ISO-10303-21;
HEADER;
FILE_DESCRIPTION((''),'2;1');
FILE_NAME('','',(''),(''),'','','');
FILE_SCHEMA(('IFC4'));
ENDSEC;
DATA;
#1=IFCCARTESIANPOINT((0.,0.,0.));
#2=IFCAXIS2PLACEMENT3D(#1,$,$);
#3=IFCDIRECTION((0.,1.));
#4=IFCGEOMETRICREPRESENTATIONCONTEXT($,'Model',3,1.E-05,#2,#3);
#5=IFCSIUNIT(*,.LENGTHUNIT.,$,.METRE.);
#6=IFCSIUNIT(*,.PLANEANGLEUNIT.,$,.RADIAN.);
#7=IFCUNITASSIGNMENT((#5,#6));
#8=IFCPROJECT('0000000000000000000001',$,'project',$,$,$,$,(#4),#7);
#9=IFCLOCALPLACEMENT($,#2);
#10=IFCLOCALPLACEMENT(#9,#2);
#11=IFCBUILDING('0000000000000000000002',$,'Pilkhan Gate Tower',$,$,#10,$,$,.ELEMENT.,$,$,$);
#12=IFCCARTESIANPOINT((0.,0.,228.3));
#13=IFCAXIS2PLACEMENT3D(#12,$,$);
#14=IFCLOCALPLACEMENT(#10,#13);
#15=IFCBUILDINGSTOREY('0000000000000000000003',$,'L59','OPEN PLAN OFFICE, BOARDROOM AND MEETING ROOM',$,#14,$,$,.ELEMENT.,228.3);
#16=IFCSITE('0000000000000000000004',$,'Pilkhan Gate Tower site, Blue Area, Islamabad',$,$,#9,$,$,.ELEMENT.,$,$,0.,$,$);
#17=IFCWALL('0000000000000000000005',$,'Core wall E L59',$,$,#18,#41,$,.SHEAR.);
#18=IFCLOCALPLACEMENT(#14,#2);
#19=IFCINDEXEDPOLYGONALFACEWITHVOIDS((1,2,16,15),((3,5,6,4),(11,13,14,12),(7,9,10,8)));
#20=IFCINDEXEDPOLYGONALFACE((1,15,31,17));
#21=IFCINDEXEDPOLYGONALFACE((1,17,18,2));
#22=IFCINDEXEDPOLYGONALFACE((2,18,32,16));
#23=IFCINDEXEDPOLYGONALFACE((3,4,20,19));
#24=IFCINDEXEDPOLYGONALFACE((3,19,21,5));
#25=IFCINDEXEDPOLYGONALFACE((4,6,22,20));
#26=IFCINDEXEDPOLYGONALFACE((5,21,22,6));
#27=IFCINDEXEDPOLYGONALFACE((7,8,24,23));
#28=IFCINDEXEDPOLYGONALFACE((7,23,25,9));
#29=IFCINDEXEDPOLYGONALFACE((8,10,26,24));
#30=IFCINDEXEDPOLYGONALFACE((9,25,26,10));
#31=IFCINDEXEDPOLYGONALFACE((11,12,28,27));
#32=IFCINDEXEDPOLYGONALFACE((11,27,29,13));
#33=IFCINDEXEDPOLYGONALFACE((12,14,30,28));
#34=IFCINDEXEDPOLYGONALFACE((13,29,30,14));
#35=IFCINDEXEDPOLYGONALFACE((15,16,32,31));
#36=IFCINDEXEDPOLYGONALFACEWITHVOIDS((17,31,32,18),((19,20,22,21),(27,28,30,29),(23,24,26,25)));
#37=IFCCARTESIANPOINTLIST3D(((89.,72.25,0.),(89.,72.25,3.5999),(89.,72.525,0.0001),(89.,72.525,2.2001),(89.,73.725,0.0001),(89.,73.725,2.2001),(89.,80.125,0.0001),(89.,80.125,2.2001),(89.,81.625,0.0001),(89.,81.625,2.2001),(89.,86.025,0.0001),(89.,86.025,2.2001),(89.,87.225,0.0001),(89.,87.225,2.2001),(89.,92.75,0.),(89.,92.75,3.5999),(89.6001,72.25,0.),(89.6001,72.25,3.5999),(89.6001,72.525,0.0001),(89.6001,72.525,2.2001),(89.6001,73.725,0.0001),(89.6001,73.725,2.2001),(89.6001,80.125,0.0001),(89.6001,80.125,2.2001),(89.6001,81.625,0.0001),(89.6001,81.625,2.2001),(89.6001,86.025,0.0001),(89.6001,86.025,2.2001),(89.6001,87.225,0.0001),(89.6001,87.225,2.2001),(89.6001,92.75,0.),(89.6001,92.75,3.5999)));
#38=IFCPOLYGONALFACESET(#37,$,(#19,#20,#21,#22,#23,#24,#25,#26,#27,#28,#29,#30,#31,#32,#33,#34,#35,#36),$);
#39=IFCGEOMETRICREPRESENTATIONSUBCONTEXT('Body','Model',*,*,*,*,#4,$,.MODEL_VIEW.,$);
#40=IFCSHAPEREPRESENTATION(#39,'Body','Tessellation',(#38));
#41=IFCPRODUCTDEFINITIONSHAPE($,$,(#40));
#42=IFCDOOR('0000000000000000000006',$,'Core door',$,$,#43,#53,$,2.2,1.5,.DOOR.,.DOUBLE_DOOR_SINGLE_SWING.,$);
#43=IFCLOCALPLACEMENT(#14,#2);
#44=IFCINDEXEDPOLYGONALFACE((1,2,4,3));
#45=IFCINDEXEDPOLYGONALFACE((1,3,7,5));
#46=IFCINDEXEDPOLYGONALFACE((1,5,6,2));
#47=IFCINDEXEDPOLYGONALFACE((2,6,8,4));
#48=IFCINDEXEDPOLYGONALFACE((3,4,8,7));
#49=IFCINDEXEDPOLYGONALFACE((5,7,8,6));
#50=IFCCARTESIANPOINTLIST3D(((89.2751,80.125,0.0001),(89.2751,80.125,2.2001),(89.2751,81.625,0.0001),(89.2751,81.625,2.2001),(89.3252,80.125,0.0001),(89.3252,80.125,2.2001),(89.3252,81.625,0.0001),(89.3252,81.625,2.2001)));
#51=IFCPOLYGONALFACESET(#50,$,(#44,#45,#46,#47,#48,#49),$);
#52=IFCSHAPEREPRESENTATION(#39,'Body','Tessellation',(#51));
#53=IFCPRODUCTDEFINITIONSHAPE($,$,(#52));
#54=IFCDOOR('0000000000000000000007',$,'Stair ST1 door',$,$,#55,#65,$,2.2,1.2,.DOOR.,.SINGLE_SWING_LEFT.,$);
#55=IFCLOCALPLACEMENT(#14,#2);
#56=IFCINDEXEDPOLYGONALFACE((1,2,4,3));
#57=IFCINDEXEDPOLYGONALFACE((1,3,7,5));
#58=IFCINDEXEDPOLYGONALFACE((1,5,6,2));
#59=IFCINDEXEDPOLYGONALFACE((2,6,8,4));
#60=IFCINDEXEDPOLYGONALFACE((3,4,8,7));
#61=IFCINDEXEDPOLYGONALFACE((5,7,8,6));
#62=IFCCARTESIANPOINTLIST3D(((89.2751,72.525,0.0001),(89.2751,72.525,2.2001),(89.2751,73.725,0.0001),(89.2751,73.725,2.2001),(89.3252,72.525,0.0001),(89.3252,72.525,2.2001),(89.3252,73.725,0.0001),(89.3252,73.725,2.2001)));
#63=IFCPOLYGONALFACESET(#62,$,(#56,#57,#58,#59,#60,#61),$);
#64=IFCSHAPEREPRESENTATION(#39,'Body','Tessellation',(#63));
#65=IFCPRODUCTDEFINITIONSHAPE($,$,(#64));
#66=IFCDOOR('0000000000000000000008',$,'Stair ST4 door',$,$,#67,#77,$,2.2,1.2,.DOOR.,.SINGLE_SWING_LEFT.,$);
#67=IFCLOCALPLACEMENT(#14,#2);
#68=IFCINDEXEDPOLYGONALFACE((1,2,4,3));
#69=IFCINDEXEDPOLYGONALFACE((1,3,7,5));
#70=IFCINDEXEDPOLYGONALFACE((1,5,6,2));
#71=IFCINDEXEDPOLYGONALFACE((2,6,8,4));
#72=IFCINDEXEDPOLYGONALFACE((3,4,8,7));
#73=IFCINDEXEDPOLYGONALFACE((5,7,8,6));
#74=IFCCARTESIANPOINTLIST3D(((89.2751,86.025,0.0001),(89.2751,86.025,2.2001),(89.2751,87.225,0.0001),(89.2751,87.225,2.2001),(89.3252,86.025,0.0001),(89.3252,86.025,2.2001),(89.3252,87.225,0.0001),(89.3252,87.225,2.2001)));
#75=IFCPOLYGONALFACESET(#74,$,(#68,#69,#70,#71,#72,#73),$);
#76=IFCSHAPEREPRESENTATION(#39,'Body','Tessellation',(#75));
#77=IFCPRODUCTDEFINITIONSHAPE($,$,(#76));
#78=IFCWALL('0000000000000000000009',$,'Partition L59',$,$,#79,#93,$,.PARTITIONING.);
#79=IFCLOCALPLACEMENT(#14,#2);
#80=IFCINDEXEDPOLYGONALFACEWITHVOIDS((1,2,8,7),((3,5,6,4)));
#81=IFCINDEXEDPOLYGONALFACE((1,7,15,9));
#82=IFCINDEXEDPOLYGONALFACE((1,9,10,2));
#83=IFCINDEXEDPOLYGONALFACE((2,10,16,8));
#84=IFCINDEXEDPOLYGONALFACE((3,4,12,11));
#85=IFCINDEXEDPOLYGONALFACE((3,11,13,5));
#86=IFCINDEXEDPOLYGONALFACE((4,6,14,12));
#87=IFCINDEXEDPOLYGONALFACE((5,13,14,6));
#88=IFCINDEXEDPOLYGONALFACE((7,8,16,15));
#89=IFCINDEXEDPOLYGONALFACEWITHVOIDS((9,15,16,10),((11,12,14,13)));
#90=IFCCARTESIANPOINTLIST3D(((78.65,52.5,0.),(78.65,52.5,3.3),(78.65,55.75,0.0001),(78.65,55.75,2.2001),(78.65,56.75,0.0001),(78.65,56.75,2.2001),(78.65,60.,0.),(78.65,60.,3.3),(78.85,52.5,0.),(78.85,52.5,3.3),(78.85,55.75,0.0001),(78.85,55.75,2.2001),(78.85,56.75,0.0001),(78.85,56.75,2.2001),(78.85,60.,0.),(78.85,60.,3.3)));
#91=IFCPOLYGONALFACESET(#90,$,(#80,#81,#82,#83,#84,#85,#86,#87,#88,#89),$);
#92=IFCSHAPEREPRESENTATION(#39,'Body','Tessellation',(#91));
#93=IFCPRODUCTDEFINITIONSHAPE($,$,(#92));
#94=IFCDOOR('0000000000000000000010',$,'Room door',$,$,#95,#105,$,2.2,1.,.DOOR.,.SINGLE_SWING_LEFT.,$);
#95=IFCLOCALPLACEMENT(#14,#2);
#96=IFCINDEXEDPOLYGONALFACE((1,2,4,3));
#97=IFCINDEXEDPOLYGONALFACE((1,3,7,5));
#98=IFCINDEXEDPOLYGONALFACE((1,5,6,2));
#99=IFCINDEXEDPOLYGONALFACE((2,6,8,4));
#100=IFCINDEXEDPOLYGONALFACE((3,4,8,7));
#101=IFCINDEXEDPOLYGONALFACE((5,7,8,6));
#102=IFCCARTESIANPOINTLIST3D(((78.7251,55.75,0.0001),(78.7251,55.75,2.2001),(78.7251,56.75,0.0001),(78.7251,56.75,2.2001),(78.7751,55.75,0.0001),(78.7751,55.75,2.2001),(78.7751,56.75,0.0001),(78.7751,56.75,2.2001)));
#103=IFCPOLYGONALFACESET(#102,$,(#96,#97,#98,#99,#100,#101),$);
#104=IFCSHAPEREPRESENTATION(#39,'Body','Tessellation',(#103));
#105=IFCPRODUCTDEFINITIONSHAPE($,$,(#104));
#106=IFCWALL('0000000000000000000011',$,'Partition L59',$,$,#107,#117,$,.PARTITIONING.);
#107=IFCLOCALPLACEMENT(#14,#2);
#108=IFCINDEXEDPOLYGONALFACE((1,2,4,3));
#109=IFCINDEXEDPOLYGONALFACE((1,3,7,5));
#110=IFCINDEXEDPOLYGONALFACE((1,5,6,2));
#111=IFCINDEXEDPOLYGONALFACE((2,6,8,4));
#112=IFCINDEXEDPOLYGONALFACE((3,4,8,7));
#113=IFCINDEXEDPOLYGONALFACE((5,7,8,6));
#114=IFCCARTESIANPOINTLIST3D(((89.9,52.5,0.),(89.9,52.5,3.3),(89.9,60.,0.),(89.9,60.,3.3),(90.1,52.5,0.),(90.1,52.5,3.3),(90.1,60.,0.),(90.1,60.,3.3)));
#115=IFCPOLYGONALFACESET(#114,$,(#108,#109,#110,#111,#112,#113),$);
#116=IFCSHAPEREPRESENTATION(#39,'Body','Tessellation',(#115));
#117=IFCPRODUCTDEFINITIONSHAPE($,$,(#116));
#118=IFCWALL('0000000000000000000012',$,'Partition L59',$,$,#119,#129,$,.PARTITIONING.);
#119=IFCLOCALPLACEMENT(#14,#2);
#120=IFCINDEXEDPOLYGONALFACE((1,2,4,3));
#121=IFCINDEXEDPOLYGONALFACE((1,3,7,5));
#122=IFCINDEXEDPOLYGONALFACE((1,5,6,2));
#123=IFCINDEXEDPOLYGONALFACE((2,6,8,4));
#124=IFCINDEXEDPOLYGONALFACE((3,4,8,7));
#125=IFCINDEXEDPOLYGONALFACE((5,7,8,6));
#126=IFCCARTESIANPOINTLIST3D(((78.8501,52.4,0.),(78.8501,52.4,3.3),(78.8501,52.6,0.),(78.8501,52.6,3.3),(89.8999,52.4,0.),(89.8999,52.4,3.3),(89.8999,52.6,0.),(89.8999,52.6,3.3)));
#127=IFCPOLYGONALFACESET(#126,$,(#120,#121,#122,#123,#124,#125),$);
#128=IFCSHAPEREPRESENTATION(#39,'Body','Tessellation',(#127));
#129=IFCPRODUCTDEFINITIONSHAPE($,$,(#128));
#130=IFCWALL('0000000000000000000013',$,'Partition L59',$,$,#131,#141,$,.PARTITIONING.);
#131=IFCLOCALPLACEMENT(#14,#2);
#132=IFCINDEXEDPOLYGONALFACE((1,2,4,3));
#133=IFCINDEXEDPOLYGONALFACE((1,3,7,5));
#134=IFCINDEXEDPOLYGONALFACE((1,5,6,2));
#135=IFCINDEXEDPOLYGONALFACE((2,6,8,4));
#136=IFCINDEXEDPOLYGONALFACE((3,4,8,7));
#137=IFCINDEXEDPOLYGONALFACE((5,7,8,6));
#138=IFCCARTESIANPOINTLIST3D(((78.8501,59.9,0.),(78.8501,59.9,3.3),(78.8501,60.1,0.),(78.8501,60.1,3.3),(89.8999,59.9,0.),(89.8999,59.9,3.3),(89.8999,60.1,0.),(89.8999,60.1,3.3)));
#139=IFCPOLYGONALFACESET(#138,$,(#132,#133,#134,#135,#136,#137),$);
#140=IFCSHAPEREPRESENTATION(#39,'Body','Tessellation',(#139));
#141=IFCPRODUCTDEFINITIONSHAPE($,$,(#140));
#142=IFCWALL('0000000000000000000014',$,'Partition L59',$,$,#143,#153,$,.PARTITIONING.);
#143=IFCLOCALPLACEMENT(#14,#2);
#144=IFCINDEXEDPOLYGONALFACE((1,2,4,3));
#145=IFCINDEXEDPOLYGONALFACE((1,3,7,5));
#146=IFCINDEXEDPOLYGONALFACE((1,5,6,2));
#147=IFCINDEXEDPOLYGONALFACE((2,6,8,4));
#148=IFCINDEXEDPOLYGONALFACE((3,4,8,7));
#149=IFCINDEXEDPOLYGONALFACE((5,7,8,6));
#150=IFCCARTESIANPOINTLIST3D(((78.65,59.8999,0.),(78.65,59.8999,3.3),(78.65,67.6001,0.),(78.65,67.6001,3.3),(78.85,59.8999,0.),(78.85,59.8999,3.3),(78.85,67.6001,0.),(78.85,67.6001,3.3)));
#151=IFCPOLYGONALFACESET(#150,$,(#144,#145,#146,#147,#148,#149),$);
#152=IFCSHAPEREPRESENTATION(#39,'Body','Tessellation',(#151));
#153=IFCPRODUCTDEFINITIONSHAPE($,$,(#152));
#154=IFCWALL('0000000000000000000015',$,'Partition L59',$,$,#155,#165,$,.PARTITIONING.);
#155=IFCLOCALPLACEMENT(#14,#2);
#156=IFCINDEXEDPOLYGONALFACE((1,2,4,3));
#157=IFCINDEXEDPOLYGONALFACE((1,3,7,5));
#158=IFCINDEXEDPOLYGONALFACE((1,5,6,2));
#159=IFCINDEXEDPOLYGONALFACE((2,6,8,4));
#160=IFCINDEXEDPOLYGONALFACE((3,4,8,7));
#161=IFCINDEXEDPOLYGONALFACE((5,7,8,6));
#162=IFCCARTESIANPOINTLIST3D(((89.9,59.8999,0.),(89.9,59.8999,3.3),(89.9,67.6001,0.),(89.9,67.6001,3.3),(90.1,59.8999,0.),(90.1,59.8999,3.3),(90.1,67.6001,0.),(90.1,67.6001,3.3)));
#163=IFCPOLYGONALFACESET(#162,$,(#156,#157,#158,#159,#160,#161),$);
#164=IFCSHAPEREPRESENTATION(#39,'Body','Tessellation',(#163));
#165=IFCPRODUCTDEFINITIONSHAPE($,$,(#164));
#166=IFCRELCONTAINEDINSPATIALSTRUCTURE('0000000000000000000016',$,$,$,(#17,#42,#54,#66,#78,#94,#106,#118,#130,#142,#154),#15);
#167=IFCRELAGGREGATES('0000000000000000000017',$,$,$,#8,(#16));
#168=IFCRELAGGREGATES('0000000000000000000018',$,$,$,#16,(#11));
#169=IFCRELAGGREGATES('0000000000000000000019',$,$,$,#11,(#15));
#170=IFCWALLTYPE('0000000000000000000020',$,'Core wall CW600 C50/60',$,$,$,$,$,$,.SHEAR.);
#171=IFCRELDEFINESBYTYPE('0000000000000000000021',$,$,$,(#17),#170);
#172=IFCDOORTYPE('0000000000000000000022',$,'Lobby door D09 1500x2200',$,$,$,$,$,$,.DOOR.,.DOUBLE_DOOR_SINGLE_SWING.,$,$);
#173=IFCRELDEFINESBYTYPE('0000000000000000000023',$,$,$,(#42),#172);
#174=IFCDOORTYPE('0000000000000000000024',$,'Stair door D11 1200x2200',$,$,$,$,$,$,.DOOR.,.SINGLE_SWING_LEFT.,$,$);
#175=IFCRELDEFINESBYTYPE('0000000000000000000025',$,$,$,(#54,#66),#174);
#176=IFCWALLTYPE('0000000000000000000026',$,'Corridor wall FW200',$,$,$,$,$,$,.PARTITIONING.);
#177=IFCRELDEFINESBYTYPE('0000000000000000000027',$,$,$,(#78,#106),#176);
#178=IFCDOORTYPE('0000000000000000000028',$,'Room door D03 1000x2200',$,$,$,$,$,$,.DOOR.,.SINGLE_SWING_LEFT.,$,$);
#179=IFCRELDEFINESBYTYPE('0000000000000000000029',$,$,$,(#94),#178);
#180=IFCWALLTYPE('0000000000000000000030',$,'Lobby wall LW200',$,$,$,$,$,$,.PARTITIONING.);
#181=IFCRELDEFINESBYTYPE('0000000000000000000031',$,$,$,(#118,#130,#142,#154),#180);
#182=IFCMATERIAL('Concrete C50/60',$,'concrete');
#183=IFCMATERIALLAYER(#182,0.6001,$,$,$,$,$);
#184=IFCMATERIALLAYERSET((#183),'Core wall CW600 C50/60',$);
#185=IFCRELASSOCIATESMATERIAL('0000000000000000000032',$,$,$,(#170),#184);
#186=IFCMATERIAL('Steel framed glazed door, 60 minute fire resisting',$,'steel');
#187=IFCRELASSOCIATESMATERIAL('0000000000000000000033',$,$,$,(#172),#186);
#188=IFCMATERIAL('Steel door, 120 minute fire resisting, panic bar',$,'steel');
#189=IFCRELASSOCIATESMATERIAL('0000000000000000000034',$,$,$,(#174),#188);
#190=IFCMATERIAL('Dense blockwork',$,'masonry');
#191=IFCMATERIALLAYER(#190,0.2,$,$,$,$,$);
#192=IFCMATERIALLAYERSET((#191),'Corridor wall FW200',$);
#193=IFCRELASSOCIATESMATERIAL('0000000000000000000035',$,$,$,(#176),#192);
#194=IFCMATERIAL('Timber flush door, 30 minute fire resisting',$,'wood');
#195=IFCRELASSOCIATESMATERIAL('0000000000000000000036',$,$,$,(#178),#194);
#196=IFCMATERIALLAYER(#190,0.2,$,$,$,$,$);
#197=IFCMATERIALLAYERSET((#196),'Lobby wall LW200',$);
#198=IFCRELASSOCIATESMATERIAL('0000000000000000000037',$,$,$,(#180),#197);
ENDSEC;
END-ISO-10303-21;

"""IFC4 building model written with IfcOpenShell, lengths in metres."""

from ifc_helpers import new_model, si_unit, direction, frame, frame_2d, origin, place, context, subcontext, project, spatial, rectangle, extrude, material, layer, layer_set, type_object, element, fill, save


model = new_model("IFC4")

# Units and contexts
model_context = context("Model", 3, precision=1e-05, world=origin(), true_north=direction((0.0, 1.0)))
body_context = subcontext(model_context, "Body", "Model", "MODEL_VIEW")
ifc_project = project(units=[si_unit("LENGTHUNIT", "METRE"), si_unit("PLANEANGLEUNIT", "RADIAN")], contexts=[model_context])

# Site, building, storey
site_placement = place(None, origin())
site = spatial("IfcSite", under=ifc_project, at=site_placement, Name="Pilkhan Gate Tower site, Blue Area, Islamabad", CompositionType="ELEMENT", RefElevation=0.0)
building_placement = place(site_placement, origin())
building = spatial("IfcBuilding", under=site, at=building_placement, Name="Pilkhan Gate Tower", CompositionType="ELEMENT")
storey_placement = place(building_placement, frame((0.0, 0.0, 228.3)))
storey = spatial("IfcBuildingStorey", under=building, at=storey_placement, Name="L59", Description="OPEN PLAN OFFICE, BOARDROOM AND MEETING ROOM", CompositionType="ELEMENT", Elevation=228.3)

# Shared definitions
ifc_material_1 = material(Name="Concrete C50/60", Category="concrete")

# Wall, openings, doors
ifc_layer_1 = layer(ifc_material_1, 0.6001)
ifc_layer_set_1 = layer_set([ifc_layer_1], Name="Core wall CW600 C50/60")
wall_type_1 = type_object("IfcWallType", Name="Core wall CW600 C50/60", PredefinedType="SHEAR", material=ifc_layer_set_1)
wall_1_placement = place(storey_placement, frame((89.3, 72.25, 0.0), z_axis=(0.0, 0.0, 1.0), x_axis=(0.0, 1.0, 0.0)))
wall_1 = element("IfcWall", 1, at=wall_1_placement, inside=storey, type_object=wall_type_1, Name="Core wall E L59", PredefinedType="SHEAR", context=body_context, shape_type="SweptSolid", body=[
    extrude(rectangle(XDim=20.5, YDim=0.6001, at=frame_2d((10.25, 0.0))), origin(), (0.0, 0.0, 1.0), 3.5999),
])
opening_1_placement = place(wall_1_placement, frame((0.2749, 0.0, 0.0)))
opening_1 = element("IfcOpeningElement", 2, at=opening_1_placement, cuts=wall_1, PredefinedType="OPENING", context=body_context, shape_type="SweptSolid", body=[
    extrude(rectangle(XDim=1.2, YDim=2.2, at=frame_2d((0.6001, 1.1001))), frame((0.0, 0.3101, 0.0), z_axis=(0.0, -1.0, 0.0), x_axis=(1.0, 0.0, 0.0)), (0.0, 0.0, 1.0), 0.6201),
])
opening_2_placement = place(wall_1_placement, frame((13.7749, 0.0, 0.0)))
opening_2 = element("IfcOpeningElement", 3, at=opening_2_placement, cuts=wall_1, PredefinedType="OPENING", context=body_context, shape_type="SweptSolid", body=[
    extrude(rectangle(XDim=1.2, YDim=2.2, at=frame_2d((0.6001, 1.1001))), frame((0.0, 0.3101, 0.0), z_axis=(0.0, -1.0, 0.0), x_axis=(1.0, 0.0, 0.0)), (0.0, 0.0, 1.0), 0.6201),
])
opening_3_placement = place(wall_1_placement, frame((7.875, 0.0, 0.0)))
opening_3 = element("IfcOpeningElement", 4, at=opening_3_placement, cuts=wall_1, PredefinedType="OPENING", context=body_context, shape_type="SweptSolid", body=[
    extrude(rectangle(XDim=1.5, YDim=2.2, at=frame_2d((0.75, 1.1001))), frame((0.0, 0.3101, 0.0), z_axis=(0.0, -1.0, 0.0), x_axis=(1.0, 0.0, 0.0)), (0.0, 0.0, 1.0), 0.6201),
])
ifc_material_2 = material(Name="Steel framed glazed door, 60 minute fire resisting", Category="steel")
door_type_1 = type_object("IfcDoorType", Name="Lobby door D09 1500x2200", OperationType="DOUBLE_DOOR_SINGLE_SWING", PredefinedType="DOOR", material=ifc_material_2)
door_1_placement = place(opening_3_placement, origin())
door_1 = element("IfcDoor", 5, at=door_1_placement, inside=storey, type_object=door_type_1, Name="Core door", OperationType="DOUBLE_DOOR_SINGLE_SWING", OverallHeight=2.2, OverallWidth=1.5, PredefinedType="DOOR", context=body_context, shape_type="SweptSolid", body=[
    extrude(rectangle(XDim=1.5, YDim=2.2, at=frame_2d((0.75, 1.1001))), frame((0.0, 0.0249, 0.0), z_axis=(0.0, -1.0, 0.0), x_axis=(1.0, 0.0, 0.0)), (0.0, 0.0, 1.0), 0.05),
])
fill(opening_3, door_1)
ifc_material_3 = material(Name="Steel door, 120 minute fire resisting, panic bar", Category="steel")
door_type_2 = type_object("IfcDoorType", Name="Stair door D11 1200x2200", OperationType="SINGLE_SWING_LEFT", PredefinedType="DOOR", material=ifc_material_3)
door_2_placement = place(opening_1_placement, origin())
door_2 = element("IfcDoor", 6, at=door_2_placement, inside=storey, type_object=door_type_2, Name="Stair ST1 door", OperationType="SINGLE_SWING_LEFT", OverallHeight=2.2, OverallWidth=1.2, PredefinedType="DOOR", context=body_context, shape_type="SweptSolid", body=[
    extrude(rectangle(XDim=1.2, YDim=2.2, at=frame_2d((0.6001, 1.1001))), frame((0.0, 0.0249, 0.0), z_axis=(0.0, -1.0, 0.0), x_axis=(1.0, 0.0, 0.0)), (0.0, 0.0, 1.0), 0.05),
])
fill(opening_1, door_2)
door_3_placement = place(opening_2_placement, origin())
door_3 = element("IfcDoor", 7, at=door_3_placement, inside=storey, type_object=door_type_2, Name="Stair ST4 door", OperationType="SINGLE_SWING_LEFT", OverallHeight=2.2, OverallWidth=1.2, PredefinedType="DOOR", context=body_context, shape_type="SweptSolid", body=[
    extrude(rectangle(XDim=1.2, YDim=2.2, at=frame_2d((0.6001, 1.1001))), frame((0.0, 0.0249, 0.0), z_axis=(0.0, -1.0, 0.0), x_axis=(1.0, 0.0, 0.0)), (0.0, 0.0, 1.0), 0.05),
])
fill(opening_2, door_3)

# Wall, opening, door
ifc_material_4 = material(Name="Dense blockwork", Category="masonry")
ifc_layer_2 = layer(ifc_material_4, 0.2)
ifc_layer_set_2 = layer_set([ifc_layer_2], Name="Corridor wall FW200")
wall_type_2 = type_object("IfcWallType", Name="Corridor wall FW200", PredefinedType="PARTITIONING", material=ifc_layer_set_2)
wall_2_placement = place(storey_placement, frame((78.75, 52.5, 0.0), z_axis=(0.0, 0.0, 1.0), x_axis=(0.0, 1.0, 0.0)))
wall_2 = element("IfcWall", 8, at=wall_2_placement, inside=storey, type_object=wall_type_2, Name="Partition L59", PredefinedType="PARTITIONING", context=body_context, shape_type="SweptSolid", body=[
    extrude(rectangle(XDim=7.5, YDim=0.2, at=frame_2d((3.75, 0.0))), origin(), (0.0, 0.0, 1.0), 3.3),
])
opening_4_placement = place(wall_2_placement, frame((3.25, 0.0, 0.0)))
opening_4 = element("IfcOpeningElement", 9, at=opening_4_placement, cuts=wall_2, PredefinedType="OPENING", context=body_context, shape_type="SweptSolid", body=[
    extrude(rectangle(XDim=1.0, YDim=2.2, at=frame_2d((0.5, 1.1001))), frame((0.0, 0.1099, 0.0), z_axis=(0.0, -1.0, 0.0), x_axis=(1.0, 0.0, 0.0)), (0.0, 0.0, 1.0), 0.22),
])
ifc_material_5 = material(Name="Timber flush door, 30 minute fire resisting", Category="wood")
door_type_3 = type_object("IfcDoorType", Name="Room door D03 1000x2200", OperationType="SINGLE_SWING_LEFT", PredefinedType="DOOR", material=ifc_material_5)
door_4_placement = place(opening_4_placement, origin())
door_4 = element("IfcDoor", 10, at=door_4_placement, inside=storey, type_object=door_type_3, Name="Room door", OperationType="SINGLE_SWING_LEFT", OverallHeight=2.2, OverallWidth=1.0, PredefinedType="DOOR", context=body_context, shape_type="SweptSolid", body=[
    extrude(rectangle(XDim=1.0, YDim=2.2, at=frame_2d((0.5, 1.1001))), frame((0.0, 0.0249, 0.0), z_axis=(0.0, -1.0, 0.0), x_axis=(1.0, 0.0, 0.0)), (0.0, 0.0, 1.0), 0.05),
])
fill(opening_4, door_4)

# Walls
wall_3_placement = place(storey_placement, frame((90.0, 52.5, 0.0), z_axis=(0.0, 0.0, 1.0), x_axis=(0.0, 1.0, 0.0)))
element("IfcWall", 11, at=wall_3_placement, inside=storey, type_object=wall_type_2, Name="Partition L59", PredefinedType="PARTITIONING", context=body_context, shape_type="SweptSolid", body=[
    extrude(rectangle(XDim=7.5, YDim=0.2, at=frame_2d((3.75, 0.0))), origin(), (0.0, 0.0, 1.0), 3.3),
])
ifc_layer_3 = layer(ifc_material_4, 0.2)
ifc_layer_set_3 = layer_set([ifc_layer_3], Name="Lobby wall LW200")
wall_type_3 = type_object("IfcWallType", Name="Lobby wall LW200", PredefinedType="PARTITIONING", material=ifc_layer_set_3)
for number, where, z_axis, x_axis, name in (
    (12, (78.8501, 52.5, 0.0), (0.0, 0.0, 1.0), (1.0, 0.0, 0.0), "Partition L59"),
    (13, (78.8501, 60.0, 0.0), (0.0, 0.0, 1.0), (1.0, 0.0, 0.0), "Partition L59"),
):
    element("IfcWall", number, at=place(storey_placement, frame(where, z_axis=z_axis, x_axis=x_axis)), inside=storey, type_object=wall_type_3, Name=name, PredefinedType="PARTITIONING", context=body_context, shape_type="SweptSolid", body=[
        extrude(rectangle(XDim=11.0498, YDim=0.2, at=frame_2d((5.5249, 0.0))), origin(), (0.0, 0.0, 1.0), 3.3),
    ])

# Walls
for number, where, z_axis, x_axis, name in (
    (14, (78.75, 59.8999, 0.0), (0.0, 0.0, 1.0), (0.0, 1.0, 0.0), "Partition L59"),
    (15, (90.0, 59.8999, 0.0), (0.0, 0.0, 1.0), (0.0, 1.0, 0.0), "Partition L59"),
):
    element("IfcWall", number, at=place(storey_placement, frame(where, z_axis=z_axis, x_axis=x_axis)), inside=storey, type_object=wall_type_3, Name=name, PredefinedType="PARTITIONING", context=body_context, shape_type="SweptSolid", body=[
        extrude(rectangle(XDim=7.7002, YDim=0.2, at=frame_2d((3.8501, 0.0))), origin(), (0.0, 0.0, 1.0), 3.3),
    ])

save(model, "model.ifc")
